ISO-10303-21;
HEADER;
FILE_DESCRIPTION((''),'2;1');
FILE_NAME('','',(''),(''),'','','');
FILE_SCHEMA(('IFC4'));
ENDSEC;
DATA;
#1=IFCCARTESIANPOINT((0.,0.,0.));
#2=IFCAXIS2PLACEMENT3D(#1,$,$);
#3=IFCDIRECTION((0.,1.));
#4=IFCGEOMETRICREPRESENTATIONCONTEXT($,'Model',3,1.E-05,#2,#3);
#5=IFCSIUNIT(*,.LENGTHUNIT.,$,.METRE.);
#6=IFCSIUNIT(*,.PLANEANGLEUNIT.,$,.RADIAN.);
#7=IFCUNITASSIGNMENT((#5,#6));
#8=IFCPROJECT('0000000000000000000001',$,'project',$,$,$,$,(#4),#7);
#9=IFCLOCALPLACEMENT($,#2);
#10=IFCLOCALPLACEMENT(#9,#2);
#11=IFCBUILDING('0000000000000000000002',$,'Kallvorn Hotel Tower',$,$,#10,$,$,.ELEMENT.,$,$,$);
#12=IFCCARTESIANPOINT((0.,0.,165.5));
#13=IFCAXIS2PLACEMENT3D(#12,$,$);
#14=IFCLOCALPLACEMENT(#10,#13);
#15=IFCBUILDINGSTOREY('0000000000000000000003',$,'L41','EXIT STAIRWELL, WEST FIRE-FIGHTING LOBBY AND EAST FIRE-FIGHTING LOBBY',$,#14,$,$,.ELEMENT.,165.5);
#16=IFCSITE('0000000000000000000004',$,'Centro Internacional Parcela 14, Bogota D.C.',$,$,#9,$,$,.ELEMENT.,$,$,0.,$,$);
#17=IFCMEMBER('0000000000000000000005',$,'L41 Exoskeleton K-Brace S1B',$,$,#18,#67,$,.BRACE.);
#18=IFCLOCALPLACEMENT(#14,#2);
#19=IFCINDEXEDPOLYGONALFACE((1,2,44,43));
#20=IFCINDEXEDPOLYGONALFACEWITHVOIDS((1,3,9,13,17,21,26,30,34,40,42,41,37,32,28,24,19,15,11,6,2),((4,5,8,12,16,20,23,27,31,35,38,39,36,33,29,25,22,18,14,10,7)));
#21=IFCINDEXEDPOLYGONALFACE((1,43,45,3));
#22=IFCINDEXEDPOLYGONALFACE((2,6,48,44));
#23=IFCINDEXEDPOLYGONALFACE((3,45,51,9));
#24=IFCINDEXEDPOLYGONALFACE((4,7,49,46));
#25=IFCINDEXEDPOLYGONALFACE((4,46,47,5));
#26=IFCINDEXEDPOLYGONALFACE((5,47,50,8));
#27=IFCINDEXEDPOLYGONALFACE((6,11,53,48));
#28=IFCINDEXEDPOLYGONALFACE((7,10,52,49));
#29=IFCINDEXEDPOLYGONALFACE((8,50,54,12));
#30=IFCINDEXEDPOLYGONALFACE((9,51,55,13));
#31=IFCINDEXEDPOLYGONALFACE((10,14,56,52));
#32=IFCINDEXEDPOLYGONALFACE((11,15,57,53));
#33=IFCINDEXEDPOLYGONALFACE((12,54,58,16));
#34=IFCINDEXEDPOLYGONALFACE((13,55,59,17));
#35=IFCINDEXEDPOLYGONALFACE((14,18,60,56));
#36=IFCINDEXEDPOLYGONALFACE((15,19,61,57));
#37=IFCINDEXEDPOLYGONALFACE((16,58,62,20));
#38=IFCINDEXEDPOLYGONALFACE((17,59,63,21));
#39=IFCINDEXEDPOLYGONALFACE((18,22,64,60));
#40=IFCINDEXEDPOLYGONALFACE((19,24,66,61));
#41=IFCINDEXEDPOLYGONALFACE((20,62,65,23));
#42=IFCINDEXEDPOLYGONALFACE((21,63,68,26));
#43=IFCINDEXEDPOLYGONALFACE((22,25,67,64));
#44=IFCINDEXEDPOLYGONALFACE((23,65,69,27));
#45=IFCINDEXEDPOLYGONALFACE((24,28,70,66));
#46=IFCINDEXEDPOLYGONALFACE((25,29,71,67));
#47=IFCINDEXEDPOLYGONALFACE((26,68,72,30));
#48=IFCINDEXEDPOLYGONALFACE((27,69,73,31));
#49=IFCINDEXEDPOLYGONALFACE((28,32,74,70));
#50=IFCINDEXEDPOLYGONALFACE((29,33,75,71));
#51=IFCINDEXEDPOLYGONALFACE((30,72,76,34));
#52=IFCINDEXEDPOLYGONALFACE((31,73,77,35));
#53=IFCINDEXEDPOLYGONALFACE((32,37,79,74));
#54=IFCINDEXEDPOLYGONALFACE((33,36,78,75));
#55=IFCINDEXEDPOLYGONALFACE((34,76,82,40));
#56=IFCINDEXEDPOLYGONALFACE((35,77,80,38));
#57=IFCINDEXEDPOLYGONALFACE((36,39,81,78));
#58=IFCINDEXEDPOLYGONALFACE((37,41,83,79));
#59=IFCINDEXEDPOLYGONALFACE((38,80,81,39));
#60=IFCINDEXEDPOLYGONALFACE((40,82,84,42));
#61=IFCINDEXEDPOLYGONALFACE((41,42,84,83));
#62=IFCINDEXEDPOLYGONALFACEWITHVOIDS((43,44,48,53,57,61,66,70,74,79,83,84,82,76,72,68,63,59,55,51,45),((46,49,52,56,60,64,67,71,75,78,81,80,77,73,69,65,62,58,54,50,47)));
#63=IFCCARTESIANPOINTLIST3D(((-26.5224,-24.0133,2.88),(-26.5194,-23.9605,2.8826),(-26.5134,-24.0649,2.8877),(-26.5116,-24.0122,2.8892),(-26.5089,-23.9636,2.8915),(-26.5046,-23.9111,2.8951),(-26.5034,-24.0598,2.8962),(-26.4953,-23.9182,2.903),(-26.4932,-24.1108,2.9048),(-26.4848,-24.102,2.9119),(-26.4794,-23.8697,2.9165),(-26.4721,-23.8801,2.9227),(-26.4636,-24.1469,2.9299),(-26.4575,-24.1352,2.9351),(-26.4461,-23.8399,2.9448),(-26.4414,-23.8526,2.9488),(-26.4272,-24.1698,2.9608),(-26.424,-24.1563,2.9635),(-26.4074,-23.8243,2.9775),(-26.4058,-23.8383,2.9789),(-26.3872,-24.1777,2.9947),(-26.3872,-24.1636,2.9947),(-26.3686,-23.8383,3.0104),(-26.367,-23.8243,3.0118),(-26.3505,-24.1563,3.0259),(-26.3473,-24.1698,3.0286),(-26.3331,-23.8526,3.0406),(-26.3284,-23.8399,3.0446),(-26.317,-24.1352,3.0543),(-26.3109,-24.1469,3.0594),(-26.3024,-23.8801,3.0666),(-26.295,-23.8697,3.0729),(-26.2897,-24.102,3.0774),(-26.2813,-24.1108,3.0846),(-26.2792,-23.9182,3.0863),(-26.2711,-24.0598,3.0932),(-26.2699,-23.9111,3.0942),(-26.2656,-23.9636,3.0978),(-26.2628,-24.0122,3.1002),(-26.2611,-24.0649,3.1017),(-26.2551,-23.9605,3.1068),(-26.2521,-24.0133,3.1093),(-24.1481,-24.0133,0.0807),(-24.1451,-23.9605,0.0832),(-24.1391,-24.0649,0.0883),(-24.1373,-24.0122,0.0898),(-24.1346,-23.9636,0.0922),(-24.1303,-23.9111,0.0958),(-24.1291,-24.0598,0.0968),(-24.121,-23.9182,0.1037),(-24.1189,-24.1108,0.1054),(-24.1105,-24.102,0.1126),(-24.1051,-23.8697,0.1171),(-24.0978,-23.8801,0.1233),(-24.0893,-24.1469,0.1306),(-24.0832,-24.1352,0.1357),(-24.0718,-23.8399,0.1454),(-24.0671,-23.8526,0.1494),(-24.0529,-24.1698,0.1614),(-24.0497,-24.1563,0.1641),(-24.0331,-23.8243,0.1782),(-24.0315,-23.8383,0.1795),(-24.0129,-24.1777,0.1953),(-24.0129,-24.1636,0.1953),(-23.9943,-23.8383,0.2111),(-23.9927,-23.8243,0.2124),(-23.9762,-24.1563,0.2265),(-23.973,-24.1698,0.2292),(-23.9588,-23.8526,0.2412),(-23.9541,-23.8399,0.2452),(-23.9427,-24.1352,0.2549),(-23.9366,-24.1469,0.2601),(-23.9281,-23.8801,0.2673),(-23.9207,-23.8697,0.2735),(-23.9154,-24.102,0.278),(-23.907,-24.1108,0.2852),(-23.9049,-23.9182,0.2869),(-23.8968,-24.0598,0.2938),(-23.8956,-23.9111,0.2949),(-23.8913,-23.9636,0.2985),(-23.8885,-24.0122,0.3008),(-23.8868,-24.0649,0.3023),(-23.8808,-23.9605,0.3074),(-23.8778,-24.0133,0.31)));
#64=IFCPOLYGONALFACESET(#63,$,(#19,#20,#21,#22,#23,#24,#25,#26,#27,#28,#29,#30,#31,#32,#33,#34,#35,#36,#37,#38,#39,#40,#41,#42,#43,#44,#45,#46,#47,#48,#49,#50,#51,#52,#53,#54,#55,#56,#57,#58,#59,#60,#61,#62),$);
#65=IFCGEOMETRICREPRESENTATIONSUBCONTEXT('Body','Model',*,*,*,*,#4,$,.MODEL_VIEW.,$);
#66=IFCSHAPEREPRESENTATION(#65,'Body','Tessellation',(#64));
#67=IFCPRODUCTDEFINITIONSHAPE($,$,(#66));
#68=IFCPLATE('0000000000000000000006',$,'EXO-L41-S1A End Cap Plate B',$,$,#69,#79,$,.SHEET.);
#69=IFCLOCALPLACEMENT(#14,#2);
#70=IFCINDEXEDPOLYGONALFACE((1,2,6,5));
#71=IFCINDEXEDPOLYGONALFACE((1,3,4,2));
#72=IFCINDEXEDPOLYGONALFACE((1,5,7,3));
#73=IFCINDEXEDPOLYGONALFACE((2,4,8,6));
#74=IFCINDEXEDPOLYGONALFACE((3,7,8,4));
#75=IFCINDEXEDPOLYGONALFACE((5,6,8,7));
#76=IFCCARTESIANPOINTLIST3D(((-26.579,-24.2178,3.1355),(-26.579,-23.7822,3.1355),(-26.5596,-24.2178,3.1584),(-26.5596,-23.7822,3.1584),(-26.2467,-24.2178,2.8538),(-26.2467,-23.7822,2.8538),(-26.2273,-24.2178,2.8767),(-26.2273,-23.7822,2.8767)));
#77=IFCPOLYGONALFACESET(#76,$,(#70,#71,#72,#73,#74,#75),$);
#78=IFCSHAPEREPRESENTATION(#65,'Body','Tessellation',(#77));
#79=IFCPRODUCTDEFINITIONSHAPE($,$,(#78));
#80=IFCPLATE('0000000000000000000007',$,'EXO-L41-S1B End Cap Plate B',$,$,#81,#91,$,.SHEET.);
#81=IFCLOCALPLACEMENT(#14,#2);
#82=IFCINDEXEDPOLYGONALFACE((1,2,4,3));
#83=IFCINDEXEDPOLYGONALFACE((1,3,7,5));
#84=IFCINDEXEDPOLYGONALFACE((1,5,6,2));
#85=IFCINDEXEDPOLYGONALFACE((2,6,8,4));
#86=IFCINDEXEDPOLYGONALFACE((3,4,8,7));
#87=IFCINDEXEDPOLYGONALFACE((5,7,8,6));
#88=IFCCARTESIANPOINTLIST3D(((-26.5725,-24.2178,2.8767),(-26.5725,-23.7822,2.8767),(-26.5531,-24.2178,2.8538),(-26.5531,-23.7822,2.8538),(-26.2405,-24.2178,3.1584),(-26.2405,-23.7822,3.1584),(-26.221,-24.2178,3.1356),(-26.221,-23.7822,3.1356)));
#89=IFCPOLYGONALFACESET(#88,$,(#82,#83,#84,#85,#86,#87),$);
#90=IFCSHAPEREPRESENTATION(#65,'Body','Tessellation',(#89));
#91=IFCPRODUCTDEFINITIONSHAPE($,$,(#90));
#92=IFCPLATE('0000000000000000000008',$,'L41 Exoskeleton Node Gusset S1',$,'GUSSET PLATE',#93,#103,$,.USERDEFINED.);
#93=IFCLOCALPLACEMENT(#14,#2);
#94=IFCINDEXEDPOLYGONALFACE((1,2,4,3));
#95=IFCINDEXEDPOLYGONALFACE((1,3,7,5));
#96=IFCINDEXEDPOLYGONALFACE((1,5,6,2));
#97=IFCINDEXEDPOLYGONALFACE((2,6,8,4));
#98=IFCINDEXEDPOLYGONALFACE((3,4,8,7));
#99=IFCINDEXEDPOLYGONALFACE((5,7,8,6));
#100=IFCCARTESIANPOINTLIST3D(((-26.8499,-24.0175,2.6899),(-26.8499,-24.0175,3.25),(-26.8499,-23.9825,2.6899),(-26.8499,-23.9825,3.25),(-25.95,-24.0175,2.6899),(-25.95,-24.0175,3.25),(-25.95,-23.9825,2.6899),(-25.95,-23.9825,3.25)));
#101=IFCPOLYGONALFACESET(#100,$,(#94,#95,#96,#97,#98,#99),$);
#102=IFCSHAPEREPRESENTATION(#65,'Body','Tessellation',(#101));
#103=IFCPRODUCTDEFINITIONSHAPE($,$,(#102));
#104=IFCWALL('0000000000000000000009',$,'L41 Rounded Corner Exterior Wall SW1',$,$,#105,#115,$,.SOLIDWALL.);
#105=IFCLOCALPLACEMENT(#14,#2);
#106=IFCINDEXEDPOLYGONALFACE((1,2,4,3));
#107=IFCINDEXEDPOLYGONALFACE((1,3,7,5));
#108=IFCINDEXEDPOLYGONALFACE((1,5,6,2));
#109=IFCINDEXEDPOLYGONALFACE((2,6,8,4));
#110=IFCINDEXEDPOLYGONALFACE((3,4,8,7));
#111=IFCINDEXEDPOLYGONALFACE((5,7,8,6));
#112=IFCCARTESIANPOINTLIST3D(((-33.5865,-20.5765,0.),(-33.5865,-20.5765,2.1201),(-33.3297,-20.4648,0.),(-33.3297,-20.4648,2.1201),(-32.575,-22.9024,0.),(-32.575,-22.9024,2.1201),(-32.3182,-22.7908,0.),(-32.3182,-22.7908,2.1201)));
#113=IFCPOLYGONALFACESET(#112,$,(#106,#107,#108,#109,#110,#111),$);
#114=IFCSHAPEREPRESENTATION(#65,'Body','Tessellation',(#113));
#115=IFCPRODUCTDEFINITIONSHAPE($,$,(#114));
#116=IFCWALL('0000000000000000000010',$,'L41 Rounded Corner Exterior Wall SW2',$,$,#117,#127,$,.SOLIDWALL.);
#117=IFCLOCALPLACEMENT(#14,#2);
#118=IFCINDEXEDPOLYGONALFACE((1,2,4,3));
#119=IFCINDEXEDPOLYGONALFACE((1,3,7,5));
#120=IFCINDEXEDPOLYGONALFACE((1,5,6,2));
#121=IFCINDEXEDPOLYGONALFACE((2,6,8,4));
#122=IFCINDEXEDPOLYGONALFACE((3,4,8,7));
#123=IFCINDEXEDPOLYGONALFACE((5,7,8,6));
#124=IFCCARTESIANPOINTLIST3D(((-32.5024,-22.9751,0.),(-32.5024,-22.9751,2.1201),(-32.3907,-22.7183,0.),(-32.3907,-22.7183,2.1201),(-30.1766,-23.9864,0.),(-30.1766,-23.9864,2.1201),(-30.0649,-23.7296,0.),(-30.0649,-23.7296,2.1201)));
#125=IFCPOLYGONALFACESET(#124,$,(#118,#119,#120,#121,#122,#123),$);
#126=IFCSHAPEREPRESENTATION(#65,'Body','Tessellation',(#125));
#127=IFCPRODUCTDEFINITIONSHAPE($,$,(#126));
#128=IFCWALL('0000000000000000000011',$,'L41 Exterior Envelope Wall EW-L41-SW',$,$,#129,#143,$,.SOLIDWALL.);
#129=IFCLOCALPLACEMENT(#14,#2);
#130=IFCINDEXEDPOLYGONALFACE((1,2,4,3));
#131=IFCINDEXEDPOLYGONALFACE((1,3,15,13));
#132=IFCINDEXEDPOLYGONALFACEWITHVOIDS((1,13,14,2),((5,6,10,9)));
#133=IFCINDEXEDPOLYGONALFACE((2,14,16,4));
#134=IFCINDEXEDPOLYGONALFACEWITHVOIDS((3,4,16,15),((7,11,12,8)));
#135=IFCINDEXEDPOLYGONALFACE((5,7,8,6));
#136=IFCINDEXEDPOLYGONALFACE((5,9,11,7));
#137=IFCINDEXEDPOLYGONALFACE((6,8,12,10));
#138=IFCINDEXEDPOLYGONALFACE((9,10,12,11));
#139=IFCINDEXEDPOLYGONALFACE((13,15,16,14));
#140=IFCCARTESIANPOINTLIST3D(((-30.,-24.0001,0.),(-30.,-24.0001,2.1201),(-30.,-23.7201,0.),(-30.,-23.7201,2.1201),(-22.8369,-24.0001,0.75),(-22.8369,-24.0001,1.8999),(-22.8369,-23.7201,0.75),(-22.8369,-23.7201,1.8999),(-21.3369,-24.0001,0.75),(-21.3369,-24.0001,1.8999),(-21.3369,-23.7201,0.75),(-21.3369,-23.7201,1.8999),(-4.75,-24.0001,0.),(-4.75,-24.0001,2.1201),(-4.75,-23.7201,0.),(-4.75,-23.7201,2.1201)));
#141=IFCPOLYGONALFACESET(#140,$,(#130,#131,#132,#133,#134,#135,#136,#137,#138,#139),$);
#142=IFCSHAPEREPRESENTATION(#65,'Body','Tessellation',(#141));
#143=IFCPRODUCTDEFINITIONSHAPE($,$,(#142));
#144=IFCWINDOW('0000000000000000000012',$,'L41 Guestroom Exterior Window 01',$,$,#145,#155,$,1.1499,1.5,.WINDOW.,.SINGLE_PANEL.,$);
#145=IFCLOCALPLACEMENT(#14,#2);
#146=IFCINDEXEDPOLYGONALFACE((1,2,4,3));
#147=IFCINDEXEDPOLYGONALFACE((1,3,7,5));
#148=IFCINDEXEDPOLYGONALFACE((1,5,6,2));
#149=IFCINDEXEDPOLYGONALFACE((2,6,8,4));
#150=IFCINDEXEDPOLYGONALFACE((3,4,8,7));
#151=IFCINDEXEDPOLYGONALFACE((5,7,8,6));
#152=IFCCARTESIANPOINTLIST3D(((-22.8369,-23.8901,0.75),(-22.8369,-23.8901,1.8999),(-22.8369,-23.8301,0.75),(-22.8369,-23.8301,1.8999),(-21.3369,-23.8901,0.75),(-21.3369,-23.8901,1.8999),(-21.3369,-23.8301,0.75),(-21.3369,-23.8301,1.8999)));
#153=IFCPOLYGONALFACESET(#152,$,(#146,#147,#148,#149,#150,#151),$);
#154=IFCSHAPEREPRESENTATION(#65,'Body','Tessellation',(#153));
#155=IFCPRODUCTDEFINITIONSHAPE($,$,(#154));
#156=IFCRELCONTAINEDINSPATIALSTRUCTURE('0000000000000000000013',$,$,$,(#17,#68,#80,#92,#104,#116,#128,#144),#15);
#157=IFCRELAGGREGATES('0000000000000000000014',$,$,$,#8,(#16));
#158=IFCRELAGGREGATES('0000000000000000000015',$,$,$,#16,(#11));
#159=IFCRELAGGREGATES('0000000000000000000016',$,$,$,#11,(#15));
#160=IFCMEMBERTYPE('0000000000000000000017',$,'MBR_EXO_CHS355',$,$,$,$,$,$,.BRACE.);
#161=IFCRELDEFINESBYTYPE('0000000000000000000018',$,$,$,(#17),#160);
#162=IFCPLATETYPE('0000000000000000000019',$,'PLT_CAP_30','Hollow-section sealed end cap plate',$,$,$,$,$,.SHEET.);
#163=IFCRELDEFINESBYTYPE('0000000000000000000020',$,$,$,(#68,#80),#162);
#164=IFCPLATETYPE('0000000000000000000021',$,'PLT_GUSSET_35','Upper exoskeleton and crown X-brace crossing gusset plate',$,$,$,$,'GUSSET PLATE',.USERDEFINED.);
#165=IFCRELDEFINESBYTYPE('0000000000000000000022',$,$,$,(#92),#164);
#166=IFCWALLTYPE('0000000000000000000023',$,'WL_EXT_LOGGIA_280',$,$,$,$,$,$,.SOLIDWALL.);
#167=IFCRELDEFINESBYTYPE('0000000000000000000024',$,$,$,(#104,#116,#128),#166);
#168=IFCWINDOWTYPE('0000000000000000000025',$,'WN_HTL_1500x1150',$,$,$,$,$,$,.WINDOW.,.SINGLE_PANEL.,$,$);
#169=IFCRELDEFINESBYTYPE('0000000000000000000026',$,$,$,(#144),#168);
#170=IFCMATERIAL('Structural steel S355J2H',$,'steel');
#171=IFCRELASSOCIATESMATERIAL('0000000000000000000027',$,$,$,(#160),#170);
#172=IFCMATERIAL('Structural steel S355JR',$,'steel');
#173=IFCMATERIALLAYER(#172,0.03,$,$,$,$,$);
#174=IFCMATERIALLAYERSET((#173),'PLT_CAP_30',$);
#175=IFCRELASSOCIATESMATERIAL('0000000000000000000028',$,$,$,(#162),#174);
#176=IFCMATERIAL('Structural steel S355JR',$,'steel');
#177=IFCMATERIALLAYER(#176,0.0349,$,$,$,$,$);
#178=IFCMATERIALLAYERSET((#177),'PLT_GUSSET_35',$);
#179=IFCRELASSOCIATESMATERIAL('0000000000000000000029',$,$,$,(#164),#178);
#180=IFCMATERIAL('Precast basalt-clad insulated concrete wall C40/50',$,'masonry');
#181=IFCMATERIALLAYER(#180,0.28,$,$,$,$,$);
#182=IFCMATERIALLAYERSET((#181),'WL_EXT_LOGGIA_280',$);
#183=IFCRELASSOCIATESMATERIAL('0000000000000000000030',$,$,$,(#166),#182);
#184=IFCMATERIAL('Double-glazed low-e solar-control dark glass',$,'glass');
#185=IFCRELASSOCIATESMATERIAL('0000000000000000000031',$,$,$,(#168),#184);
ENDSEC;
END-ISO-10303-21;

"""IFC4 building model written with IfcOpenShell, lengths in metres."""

from ifc_helpers import new_model, si_unit, direction, frame, frame_2d, origin, origin_2d, place, context, subcontext, project, spatial, polyline, rectangle, hollow_circle, outline, extrude, material, layer, layer_set, material_profile, profile_set, type_object, element, fill, save


model = new_model("IFC4")

# Units and contexts
model_context = context("Model", 3, precision=1e-05, world=origin(), true_north=direction((0.0, 1.0)))
body_context = subcontext(model_context, "Body", "Model", "MODEL_VIEW")
ifc_project = project(units=[si_unit("LENGTHUNIT", "METRE"), si_unit("PLANEANGLEUNIT", "RADIAN")], contexts=[model_context])

# Site, building, storey
site_placement = place(None, origin())
site = spatial("IfcSite", under=ifc_project, at=site_placement, Name="Centro Internacional Parcela 14, Bogota D.C.", CompositionType="ELEMENT", RefElevation=0.0)
building_placement = place(site_placement, origin())
building = spatial("IfcBuilding", under=site, at=building_placement, Name="Kallvorn Hotel Tower", CompositionType="ELEMENT")
storey_placement = place(building_placement, frame((0.0, 0.0, 165.5)))
storey = spatial("IfcBuildingStorey", under=building, at=storey_placement, Name="L41", Description="EXIT STAIRWELL, WEST FIRE-FIGHTING LOBBY AND EAST FIRE-FIGHTING LOBBY", CompositionType="ELEMENT", Elevation=165.5)

# Member
ifc_material_1 = material(Name="Structural steel S355J2H", Category="steel")
ifc_material_profile_1 = material_profile(ifc_material_1, hollow_circle(Radius=0.1777, WallThickness=0.0142, at=origin_2d()), Name="CHS 355.6x14.2")
ifc_profile_set_1 = profile_set([ifc_material_profile_1], Name="Structural steel S355J2H")
member_type = type_object("IfcMemberType", Name="MBR_EXO_CHS355", PredefinedType="BRACE", material=ifc_profile_set_1)
for number, where, z_axis, x_axis, name in (
    (1, (-24.0129, -24.0, 0.1953), (-0.646833, 0.0, 0.762631), (0.0, -1.0, 0.0), "L41 Exoskeleton K-Brace S1B"),
):
    element("IfcMember", number, at=place(storey_placement, frame(where, z_axis=z_axis, x_axis=x_axis)), inside=storey, type_object=member_type, Name=name, PredefinedType="BRACE", context=body_context, shape_type="SweptSolid", body=[
        extrude(hollow_circle(Radius=0.1777, WallThickness=0.0142, at=origin_2d()), origin(), (0.0, 0.0, 1.0), 3.6707),
    ])

# Plates
ifc_material_2 = material(Name="Structural steel S355JR", Category="steel")
ifc_layer_1 = layer(ifc_material_2, 0.03)
ifc_layer_set_1 = layer_set([ifc_layer_1], Name="PLT_CAP_30")
plate_type_1 = type_object("IfcPlateType", Name="PLT_CAP_30", Description="Hollow-section sealed end cap plate", PredefinedType="SHEET", material=ifc_layer_set_1)
plate_1_placement = place(storey_placement, frame((-26.2273, -24.2178, 2.8767), z_axis=(0.646721, 0.0, 0.762727), x_axis=(0.0, 1.0, 0.0)))
element("IfcPlate", 2, at=plate_1_placement, inside=storey, type_object=plate_type_1, Name="EXO-L41-S1A End Cap Plate B", PredefinedType="SHEET", context=body_context, shape_type="SweptSolid", body=[
    extrude(outline(polyline([(0.0, 0.0), (0.4355, 0.0), (0.4355, 0.4356), (0.0, 0.4356), (0.0, 0.0)])), origin(), (0.0, 0.0, -1.0), 0.03),
])
plate_2_placement = place(storey_placement, frame((-26.5725, -23.7822, 2.8767), z_axis=(-0.646997, 0.0, 0.762492), x_axis=(0.0, -1.0, 0.0)))
element("IfcPlate", 3, at=plate_2_placement, inside=storey, type_object=plate_type_1, Name="EXO-L41-S1B End Cap Plate B", PredefinedType="SHEET", context=body_context, shape_type="SweptSolid", body=[
    extrude(outline(polyline([(0.0, 0.0), (0.4355, 0.0), (0.4355, 0.4355), (0.0, 0.4355), (0.0, 0.0)])), origin(), (0.0, 0.0, -1.0), 0.03),
])
ifc_material_3 = material(Name="Structural steel S355JR", Category="steel")
ifc_layer_2 = layer(ifc_material_3, 0.0349)
ifc_layer_set_2 = layer_set([ifc_layer_2], Name="PLT_GUSSET_35")
plate_type_2 = type_object("IfcPlateType", Name="PLT_GUSSET_35", Description="Upper exoskeleton and crown X-brace crossing gusset plate", ElementType="GUSSET PLATE", PredefinedType="USERDEFINED", material=ifc_layer_set_2)
plate_3_placement = place(storey_placement, frame((-26.3999, -24.0, 2.6899), z_axis=(0.0, 0.0, 1.0), x_axis=(1.0, 0.0, 0.0)))
element("IfcPlate", 4, at=plate_3_placement, inside=storey, type_object=plate_type_2, Name="L41 Exoskeleton Node Gusset S1", ObjectType="GUSSET PLATE", PredefinedType="USERDEFINED", context=body_context, shape_type="SweptSolid", body=[
    extrude(rectangle(XDim=0.8999, YDim=0.0349, at=origin_2d()), origin(), (0.0, 0.0, 1.0), 0.5601),
])

# Walls
ifc_material_4 = material(Name="Precast basalt-clad insulated concrete wall C40/50", Category="masonry")
ifc_layer_3 = layer(ifc_material_4, 0.28)
ifc_layer_set_3 = layer_set([ifc_layer_3], Name="WL_EXT_LOGGIA_280")
wall_type_1 = type_object("IfcWallType", Name="WL_EXT_LOGGIA_280", PredefinedType="SOLIDWALL", material=ifc_layer_set_3)
wall_1_placement = place(storey_placement, frame((-33.458, -20.5208, 0.0), z_axis=(0.0, 0.0, 1.0), x_axis=(0.398793, -0.917041, 0.0)))
element("IfcWall", 5, at=wall_1_placement, inside=storey, type_object=wall_type_1, Name="L41 Rounded Corner Exterior Wall SW1", PredefinedType="SOLIDWALL", context=body_context, shape_type="SweptSolid", body=[
    extrude(rectangle(XDim=2.5364, YDim=0.28, at=frame_2d((1.2681, 0.0))), origin(), (0.0, 0.0, 1.0), 2.1201),
])
wall_2_placement = place(storey_placement, frame((-32.4465, -22.8467, 0.0), z_axis=(0.0, 0.0, 1.0), x_axis=(0.917061, -0.398747, 0.0)))
element("IfcWall", 6, at=wall_2_placement, inside=storey, type_object=wall_type_1, Name="L41 Rounded Corner Exterior Wall SW2", PredefinedType="SOLIDWALL", context=body_context, shape_type="SweptSolid", body=[
    extrude(rectangle(XDim=2.5361, YDim=0.28, at=frame_2d((1.2681, 0.0))), origin(), (0.0, 0.0, 1.0), 2.1201),
])

# Wall, opening, window
wall_3_placement = place(storey_placement, frame((-30.0, -23.8601, 0.0), z_axis=(0.0, 0.0, 1.0), x_axis=(1.0, 0.0, 0.0)))
wall_3 = element("IfcWall", 7, at=wall_3_placement, inside=storey, type_object=wall_type_1, Name="L41 Exterior Envelope Wall EW-L41-SW", PredefinedType="SOLIDWALL", context=body_context, shape_type="SweptSolid", body=[
    extrude(rectangle(XDim=25.25, YDim=0.28, at=frame_2d((12.625, 0.0))), origin(), (0.0, 0.0, 1.0), 2.1201),
])
opening_1_placement = place(wall_3_placement, frame((7.1631, 0.0, 0.75)))
opening_1 = element("IfcOpeningElement", 8, at=opening_1_placement, cuts=wall_3, PredefinedType="OPENING", context=body_context, shape_type="SweptSolid", body=[
    extrude(rectangle(XDim=1.5, YDim=1.1499, at=frame_2d((0.75, 0.575))), frame((0.0, 0.155, 0.0), z_axis=(0.0, -1.0, 0.0), x_axis=(1.0, 0.0, 0.0)), (0.0, 0.0, 1.0), 0.3101),
])
ifc_material_5 = material(Name="Double-glazed low-e solar-control dark glass", Category="glass")
window_type = type_object("IfcWindowType", Name="WN_HTL_1500x1150", PartitioningType="SINGLE_PANEL", PredefinedType="WINDOW", material=ifc_material_5)
window_1_placement = place(opening_1_placement, origin())
window_1 = element("IfcWindow", 9, at=window_1_placement, inside=storey, type_object=window_type, Name="L41 Guestroom Exterior Window 01", OverallHeight=1.1499, OverallWidth=1.5, PartitioningType="SINGLE_PANEL", PredefinedType="WINDOW", context=body_context, shape_type="SweptSolid", body=[
    extrude(rectangle(XDim=1.5, YDim=1.1499, at=frame_2d((0.75, 0.575))), frame((0.0, 0.03, 0.0), z_axis=(0.0, -1.0, 0.0), x_axis=(1.0, 0.0, 0.0)), (0.0, 0.0, 1.0), 0.0601),
])
fill(opening_1, window_1)

save(model, "model.ifc")
